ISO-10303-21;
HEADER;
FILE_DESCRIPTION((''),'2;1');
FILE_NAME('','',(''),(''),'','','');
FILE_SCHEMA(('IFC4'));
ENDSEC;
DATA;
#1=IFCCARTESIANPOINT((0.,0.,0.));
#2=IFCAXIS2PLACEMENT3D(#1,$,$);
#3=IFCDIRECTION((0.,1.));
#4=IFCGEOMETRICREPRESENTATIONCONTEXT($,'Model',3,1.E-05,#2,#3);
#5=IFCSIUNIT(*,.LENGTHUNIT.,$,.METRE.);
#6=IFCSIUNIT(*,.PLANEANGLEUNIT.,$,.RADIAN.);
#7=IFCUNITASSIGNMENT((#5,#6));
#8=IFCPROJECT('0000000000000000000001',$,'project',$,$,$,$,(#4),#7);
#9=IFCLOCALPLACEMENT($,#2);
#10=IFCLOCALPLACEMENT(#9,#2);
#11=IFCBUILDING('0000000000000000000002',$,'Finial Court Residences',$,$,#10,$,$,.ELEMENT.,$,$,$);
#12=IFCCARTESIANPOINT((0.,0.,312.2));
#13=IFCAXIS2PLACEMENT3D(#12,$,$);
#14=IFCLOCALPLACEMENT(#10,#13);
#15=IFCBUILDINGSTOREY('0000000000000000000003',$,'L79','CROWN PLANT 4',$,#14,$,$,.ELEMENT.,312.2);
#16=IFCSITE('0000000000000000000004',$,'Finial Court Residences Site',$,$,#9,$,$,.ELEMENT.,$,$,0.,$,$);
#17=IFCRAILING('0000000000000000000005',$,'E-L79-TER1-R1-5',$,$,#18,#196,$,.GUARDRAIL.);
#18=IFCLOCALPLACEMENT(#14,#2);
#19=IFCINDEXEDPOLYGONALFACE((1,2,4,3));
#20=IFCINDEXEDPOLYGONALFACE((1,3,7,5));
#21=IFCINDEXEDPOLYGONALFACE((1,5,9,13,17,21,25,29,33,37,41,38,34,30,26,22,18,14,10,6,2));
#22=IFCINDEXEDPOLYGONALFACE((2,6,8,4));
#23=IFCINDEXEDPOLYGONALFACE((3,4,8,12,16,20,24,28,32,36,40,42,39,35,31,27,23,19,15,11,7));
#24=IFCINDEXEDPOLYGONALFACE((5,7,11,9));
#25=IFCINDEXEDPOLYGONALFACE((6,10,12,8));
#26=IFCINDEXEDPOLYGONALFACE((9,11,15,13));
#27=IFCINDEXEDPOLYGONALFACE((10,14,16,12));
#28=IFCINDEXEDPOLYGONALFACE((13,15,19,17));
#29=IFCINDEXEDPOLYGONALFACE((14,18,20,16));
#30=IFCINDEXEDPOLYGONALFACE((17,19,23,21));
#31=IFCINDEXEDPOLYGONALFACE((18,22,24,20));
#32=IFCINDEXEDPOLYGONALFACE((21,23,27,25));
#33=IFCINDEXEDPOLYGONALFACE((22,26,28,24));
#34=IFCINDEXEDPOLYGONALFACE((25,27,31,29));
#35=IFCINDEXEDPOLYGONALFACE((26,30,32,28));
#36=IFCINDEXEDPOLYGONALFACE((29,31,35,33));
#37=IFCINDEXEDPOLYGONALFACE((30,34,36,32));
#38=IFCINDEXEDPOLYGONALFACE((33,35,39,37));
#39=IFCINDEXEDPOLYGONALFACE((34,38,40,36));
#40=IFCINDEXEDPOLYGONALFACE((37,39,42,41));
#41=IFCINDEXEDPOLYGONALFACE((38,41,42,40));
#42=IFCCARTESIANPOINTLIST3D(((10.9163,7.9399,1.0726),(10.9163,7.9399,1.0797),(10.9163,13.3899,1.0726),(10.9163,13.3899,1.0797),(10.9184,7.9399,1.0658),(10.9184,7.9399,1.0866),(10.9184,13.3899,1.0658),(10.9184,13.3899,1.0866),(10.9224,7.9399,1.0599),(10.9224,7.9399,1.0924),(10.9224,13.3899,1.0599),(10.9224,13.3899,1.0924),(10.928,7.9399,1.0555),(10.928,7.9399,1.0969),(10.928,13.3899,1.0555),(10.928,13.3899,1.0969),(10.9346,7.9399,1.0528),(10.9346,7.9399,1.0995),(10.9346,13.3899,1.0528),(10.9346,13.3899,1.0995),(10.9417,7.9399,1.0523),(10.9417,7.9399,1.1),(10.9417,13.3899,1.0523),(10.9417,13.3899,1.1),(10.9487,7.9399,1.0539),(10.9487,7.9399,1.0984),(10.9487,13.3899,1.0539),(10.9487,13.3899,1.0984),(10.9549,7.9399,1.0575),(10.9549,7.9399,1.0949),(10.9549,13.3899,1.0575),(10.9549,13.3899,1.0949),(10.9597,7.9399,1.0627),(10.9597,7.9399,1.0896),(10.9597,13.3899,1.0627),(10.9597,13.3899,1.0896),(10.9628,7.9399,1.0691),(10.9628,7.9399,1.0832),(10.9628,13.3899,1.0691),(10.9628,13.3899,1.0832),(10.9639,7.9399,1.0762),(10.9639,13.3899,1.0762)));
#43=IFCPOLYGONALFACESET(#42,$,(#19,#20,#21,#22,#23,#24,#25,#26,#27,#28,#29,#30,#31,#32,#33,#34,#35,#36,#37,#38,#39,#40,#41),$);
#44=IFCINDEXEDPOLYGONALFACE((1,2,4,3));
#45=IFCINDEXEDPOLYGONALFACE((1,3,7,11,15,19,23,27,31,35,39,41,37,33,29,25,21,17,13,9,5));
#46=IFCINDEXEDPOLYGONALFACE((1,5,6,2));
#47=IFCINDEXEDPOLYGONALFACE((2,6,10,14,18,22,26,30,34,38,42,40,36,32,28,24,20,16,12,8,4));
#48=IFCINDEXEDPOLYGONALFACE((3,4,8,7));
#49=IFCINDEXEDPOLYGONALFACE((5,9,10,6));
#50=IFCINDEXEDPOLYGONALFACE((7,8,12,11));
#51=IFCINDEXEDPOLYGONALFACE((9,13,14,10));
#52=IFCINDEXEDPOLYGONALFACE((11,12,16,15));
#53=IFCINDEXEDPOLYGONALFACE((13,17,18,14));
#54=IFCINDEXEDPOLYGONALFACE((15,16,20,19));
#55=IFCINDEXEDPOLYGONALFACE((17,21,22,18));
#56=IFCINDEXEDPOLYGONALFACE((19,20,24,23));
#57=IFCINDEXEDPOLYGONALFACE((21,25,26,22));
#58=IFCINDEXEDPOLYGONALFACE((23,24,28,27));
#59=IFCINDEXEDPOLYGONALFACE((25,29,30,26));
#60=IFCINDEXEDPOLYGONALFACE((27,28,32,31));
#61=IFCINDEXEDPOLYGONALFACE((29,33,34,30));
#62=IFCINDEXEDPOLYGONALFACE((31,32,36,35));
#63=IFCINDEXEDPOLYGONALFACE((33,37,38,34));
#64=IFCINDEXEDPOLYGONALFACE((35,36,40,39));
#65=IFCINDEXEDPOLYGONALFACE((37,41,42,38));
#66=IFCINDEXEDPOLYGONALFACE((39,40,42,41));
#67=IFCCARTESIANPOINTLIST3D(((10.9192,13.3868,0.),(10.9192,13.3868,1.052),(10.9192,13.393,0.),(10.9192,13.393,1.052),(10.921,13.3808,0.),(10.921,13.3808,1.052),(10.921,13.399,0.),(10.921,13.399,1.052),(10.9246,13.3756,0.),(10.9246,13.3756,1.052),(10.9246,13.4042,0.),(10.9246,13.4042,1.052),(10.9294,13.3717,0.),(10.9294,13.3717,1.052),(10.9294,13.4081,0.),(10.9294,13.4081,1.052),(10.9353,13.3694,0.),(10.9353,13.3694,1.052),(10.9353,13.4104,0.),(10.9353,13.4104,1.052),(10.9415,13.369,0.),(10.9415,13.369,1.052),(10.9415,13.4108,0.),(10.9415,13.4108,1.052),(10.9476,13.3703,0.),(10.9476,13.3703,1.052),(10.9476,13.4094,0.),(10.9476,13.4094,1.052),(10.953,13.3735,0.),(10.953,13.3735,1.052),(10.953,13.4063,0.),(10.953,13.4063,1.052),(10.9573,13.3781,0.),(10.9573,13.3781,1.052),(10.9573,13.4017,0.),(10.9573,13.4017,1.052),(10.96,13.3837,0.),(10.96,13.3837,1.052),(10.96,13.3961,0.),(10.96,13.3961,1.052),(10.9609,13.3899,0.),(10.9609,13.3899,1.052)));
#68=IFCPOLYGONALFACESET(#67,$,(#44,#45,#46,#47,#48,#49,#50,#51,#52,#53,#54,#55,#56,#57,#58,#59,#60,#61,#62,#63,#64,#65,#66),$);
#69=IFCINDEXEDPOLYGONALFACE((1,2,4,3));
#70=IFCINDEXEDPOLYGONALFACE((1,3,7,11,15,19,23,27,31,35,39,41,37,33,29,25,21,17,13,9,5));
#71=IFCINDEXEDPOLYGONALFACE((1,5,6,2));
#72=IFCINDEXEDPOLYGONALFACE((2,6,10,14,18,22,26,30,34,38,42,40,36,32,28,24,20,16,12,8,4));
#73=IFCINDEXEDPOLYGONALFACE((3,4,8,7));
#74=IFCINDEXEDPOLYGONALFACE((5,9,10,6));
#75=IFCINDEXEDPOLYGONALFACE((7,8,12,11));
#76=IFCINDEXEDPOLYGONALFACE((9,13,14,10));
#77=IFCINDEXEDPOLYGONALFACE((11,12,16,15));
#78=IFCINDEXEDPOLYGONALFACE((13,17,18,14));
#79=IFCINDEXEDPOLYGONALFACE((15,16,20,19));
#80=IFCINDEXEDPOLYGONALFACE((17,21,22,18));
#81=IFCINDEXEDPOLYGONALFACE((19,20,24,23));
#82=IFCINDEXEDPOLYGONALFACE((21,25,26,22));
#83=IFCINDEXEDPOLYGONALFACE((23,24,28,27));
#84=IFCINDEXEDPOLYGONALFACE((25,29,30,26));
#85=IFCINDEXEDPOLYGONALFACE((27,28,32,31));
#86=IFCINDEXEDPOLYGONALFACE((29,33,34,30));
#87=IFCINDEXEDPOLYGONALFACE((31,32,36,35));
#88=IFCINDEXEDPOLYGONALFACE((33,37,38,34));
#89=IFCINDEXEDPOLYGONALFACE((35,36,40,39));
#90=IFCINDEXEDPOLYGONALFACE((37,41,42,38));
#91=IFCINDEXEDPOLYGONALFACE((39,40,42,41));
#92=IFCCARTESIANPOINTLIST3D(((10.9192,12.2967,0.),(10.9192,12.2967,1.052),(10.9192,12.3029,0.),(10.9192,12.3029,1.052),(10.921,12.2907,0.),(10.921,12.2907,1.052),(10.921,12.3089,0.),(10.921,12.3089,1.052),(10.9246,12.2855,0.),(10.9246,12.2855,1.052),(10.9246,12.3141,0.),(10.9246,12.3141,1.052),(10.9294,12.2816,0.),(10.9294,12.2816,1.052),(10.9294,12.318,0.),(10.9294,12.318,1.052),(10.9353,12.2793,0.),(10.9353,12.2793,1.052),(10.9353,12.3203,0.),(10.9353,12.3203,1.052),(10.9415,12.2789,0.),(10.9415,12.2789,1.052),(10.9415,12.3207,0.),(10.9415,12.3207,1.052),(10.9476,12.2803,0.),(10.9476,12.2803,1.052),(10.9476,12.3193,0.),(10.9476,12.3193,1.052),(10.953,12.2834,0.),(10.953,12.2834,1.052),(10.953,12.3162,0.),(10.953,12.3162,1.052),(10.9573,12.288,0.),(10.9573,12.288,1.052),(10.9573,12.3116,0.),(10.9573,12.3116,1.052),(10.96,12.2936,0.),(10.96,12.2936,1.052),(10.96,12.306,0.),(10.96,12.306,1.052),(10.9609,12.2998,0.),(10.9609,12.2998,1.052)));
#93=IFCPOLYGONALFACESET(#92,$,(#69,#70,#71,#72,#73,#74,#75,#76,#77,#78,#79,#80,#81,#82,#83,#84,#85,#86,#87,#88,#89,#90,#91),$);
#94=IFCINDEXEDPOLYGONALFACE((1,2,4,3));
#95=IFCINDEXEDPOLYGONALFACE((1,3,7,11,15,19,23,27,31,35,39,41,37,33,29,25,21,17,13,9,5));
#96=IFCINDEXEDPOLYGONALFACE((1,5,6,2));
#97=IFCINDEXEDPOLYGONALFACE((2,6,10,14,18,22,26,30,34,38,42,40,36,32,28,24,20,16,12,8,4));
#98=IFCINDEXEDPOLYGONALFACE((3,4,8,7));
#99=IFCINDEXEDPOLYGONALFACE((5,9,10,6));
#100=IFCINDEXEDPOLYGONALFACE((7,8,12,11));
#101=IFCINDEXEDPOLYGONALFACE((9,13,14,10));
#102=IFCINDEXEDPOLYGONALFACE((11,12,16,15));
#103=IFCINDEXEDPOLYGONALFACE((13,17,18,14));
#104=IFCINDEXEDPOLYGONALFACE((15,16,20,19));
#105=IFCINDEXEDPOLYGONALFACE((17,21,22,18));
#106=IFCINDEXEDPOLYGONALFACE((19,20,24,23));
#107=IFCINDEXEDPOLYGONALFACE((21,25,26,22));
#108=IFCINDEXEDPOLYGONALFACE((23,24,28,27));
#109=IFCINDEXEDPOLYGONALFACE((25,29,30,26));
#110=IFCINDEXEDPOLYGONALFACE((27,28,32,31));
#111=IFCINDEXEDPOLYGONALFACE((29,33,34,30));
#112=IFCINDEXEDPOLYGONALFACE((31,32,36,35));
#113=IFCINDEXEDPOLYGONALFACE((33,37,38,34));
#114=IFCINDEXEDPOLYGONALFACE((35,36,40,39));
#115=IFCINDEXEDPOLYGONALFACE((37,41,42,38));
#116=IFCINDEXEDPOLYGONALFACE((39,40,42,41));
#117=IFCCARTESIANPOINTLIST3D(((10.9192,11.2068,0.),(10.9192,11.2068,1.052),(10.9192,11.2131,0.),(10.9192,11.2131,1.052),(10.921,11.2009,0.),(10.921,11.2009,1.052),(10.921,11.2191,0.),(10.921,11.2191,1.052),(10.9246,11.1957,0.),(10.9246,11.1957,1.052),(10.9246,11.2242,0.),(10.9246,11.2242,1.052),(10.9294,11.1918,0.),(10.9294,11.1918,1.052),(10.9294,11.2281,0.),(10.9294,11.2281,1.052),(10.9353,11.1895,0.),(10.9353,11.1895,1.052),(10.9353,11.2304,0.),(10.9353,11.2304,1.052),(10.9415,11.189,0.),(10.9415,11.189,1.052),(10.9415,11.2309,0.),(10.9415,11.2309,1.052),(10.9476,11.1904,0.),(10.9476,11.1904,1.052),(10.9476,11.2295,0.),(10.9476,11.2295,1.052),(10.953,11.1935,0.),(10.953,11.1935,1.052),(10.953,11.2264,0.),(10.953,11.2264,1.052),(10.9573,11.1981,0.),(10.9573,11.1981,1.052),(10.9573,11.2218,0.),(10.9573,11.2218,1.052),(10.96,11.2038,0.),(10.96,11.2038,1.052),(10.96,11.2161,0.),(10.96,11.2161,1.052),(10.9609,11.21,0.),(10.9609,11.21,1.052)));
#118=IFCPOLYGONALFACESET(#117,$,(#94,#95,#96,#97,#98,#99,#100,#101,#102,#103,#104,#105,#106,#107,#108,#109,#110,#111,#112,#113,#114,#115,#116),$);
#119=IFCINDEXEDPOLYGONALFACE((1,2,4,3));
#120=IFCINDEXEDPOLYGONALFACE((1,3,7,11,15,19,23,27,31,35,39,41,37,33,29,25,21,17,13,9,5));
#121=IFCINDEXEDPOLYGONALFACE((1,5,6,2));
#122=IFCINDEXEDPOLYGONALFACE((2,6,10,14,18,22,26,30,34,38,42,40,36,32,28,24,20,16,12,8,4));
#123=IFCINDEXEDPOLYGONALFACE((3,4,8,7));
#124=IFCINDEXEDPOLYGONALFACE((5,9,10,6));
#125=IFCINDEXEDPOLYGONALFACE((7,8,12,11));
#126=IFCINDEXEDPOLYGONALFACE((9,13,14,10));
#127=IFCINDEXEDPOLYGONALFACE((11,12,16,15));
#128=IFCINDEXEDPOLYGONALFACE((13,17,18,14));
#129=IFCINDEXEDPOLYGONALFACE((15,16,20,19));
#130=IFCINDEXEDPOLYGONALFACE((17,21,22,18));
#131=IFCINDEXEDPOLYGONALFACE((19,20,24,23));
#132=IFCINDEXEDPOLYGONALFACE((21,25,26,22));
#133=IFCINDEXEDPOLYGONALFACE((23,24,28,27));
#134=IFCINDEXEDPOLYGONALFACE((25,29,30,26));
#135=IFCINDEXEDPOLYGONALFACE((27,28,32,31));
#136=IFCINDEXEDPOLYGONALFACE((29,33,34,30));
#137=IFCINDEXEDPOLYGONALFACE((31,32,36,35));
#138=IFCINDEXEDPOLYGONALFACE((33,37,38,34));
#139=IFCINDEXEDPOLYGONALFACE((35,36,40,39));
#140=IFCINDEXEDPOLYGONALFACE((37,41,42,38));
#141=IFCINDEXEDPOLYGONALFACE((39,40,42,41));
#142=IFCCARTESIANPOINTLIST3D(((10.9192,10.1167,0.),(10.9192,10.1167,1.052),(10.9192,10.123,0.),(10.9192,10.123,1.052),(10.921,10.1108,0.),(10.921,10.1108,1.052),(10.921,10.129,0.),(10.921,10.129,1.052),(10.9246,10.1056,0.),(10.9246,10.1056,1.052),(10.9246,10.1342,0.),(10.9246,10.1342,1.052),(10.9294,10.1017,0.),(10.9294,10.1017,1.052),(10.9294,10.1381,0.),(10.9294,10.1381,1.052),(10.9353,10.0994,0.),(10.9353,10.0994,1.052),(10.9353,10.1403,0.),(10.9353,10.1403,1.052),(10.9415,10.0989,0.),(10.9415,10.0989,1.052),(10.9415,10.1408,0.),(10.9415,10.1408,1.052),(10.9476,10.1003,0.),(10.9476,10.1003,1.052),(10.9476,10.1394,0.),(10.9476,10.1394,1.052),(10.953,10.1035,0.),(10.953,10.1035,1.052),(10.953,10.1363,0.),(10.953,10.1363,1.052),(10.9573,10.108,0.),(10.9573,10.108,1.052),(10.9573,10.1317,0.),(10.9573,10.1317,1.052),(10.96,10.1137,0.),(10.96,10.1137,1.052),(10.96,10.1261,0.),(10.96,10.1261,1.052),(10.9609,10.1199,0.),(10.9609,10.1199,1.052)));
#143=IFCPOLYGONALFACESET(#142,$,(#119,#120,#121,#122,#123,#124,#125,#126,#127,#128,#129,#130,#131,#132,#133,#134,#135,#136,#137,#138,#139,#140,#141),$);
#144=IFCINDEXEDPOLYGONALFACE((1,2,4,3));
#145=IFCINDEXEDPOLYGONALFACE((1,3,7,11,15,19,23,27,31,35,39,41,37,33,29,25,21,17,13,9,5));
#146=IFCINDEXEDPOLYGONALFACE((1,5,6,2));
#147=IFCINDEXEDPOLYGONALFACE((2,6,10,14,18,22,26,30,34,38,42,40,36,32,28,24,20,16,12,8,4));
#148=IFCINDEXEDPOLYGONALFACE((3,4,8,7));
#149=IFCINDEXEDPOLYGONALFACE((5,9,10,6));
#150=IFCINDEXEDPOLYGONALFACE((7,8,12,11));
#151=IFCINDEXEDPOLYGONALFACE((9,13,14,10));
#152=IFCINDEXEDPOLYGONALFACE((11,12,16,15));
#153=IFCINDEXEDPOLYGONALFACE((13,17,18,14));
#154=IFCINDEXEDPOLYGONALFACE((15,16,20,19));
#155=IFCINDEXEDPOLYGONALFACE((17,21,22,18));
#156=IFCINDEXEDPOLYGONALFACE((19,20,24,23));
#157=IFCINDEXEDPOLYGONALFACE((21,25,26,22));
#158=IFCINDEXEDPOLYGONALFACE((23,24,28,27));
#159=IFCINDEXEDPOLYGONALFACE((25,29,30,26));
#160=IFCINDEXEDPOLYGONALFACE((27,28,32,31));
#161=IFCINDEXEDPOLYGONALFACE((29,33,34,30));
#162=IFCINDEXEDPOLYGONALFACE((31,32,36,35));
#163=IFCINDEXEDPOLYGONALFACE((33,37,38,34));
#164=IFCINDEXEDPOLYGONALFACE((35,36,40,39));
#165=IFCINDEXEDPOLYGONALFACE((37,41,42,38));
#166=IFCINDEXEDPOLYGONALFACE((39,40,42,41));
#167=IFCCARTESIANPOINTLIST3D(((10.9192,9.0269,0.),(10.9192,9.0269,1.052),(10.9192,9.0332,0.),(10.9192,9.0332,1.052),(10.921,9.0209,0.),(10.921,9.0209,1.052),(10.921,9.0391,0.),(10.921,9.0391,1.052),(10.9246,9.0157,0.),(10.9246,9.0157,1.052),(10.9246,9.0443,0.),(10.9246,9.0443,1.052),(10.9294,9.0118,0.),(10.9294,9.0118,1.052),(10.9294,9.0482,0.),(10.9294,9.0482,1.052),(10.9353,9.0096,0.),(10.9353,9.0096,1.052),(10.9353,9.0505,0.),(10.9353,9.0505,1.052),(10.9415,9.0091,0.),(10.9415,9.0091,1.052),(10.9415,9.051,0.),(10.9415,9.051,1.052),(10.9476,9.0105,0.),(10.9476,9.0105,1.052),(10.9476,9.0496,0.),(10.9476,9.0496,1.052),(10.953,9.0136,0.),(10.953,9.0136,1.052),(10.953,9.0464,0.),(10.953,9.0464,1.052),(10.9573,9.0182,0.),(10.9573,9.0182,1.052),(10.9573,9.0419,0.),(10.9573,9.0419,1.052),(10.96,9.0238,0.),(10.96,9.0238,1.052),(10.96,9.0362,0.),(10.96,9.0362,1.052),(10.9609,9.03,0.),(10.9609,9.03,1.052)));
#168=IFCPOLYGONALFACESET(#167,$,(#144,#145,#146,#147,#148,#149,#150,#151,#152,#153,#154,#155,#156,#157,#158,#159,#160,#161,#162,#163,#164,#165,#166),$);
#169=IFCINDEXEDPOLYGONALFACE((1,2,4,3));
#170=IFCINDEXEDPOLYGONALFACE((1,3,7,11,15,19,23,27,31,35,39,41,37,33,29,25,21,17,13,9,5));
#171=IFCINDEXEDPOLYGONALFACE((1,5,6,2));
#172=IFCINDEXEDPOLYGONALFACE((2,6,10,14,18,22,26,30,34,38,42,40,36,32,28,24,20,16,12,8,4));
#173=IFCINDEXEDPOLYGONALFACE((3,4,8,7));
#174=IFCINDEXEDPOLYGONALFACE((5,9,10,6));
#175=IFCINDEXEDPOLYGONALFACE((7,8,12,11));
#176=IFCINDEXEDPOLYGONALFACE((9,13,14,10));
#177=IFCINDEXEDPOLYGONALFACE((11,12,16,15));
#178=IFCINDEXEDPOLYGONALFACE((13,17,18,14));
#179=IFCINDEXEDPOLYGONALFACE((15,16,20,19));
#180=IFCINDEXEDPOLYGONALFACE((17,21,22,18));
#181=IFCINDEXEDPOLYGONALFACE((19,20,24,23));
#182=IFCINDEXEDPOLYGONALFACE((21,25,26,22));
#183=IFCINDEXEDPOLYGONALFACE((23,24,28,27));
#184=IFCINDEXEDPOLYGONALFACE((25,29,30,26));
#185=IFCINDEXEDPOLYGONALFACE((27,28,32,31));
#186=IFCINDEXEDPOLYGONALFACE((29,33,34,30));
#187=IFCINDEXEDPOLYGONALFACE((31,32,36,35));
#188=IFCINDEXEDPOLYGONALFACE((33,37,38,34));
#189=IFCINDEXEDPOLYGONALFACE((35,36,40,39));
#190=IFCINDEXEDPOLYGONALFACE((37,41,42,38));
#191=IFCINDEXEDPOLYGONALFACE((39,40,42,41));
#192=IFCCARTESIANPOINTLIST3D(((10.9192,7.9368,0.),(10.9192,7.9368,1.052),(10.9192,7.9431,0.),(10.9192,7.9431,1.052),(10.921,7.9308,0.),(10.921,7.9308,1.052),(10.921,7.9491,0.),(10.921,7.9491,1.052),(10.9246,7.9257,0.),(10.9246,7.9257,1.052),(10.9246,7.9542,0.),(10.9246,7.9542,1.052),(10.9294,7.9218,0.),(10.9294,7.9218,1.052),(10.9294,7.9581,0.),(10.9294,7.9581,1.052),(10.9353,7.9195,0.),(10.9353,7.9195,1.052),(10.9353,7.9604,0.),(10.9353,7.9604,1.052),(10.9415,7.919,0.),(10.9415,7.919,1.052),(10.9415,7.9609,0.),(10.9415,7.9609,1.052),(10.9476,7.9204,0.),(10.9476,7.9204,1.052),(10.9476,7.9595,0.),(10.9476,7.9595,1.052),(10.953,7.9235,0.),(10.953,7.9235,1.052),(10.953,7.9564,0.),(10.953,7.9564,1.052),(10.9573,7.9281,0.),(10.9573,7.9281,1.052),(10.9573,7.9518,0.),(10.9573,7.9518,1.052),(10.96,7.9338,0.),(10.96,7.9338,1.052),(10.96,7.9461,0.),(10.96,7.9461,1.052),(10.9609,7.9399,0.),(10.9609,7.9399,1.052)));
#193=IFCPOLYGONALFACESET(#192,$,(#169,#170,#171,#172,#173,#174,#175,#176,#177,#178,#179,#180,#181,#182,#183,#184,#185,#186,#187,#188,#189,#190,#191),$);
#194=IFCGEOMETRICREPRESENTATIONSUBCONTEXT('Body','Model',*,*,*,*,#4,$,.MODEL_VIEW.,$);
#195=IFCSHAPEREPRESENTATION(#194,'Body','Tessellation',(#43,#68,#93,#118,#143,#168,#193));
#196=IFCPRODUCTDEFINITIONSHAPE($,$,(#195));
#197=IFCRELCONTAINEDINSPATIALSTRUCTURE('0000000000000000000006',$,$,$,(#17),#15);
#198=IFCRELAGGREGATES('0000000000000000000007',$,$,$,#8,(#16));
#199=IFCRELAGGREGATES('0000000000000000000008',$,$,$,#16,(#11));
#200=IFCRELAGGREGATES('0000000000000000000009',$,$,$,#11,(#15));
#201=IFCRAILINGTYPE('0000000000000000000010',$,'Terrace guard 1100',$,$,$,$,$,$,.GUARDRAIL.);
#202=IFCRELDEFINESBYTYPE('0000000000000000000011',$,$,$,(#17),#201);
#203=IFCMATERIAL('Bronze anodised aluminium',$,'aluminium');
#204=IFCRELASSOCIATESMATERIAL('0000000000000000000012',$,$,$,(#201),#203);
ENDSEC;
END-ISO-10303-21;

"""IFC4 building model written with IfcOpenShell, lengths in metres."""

from ifc_helpers import new_model, si_unit, direction, frame, origin, origin_2d, place, context, subcontext, project, spatial, circle, extrude, material, type_object, element, save


model = new_model("IFC4")

# Units and contexts
model_context = context("Model", 3, precision=1e-05, world=origin(), true_north=direction((0.0, 1.0)))
body_context = subcontext(model_context, "Body", "Model", "MODEL_VIEW")
ifc_project = project(units=[si_unit("LENGTHUNIT", "METRE"), si_unit("PLANEANGLEUNIT", "RADIAN")], contexts=[model_context])

# Site, building, storey
site_placement = place(None, origin())
site = spatial("IfcSite", under=ifc_project, at=site_placement, Name="Finial Court Residences Site", CompositionType="ELEMENT", RefElevation=0.0)
building_placement = place(site_placement, origin())
building = spatial("IfcBuilding", under=site, at=building_placement, Name="Finial Court Residences", CompositionType="ELEMENT")
storey_placement = place(building_placement, frame((0.0, 0.0, 312.2)))
storey = spatial("IfcBuildingStorey", under=building, at=storey_placement, Name="L79", Description="CROWN PLANT 4", CompositionType="ELEMENT", Elevation=312.2)

# Shared definitions
ifc_material_1 = material(Name="Bronze anodised aluminium", Category="aluminium")

# Railing
railing_type = type_object("IfcRailingType", Name="Terrace guard 1100", PredefinedType="GUARDRAIL", material=ifc_material_1)
railing_1_placement = place(storey_placement, frame((10.9399, 13.3899, 0.0)))
element("IfcRailing", 1, at=railing_1_placement, inside=storey, type_object=railing_type, Name="E-L79-TER1-R1-5", PredefinedType="GUARDRAIL", context=body_context, shape_type="SweptSolid", body=[
    extrude(circle(Radius=0.0239, at=origin_2d()), frame((0.0, 0.0, 1.0762), z_axis=(0.0, -1.0, 0.0), x_axis=(1.0, 0.0, 0.0)), (0.0, 0.0, 1.0), 5.45),
    extrude(circle(Radius=0.021, at=origin_2d()), origin(), (0.0, 0.0, 1.0), 1.052),
    extrude(circle(Radius=0.021, at=origin_2d()), frame((0.0, -1.0901, 0.0)), (0.0, 0.0, 1.0), 1.052),
    extrude(circle(Radius=0.021, at=origin_2d()), frame((0.0, -2.1799, 0.0)), (0.0, 0.0, 1.0), 1.052),
    extrude(circle(Radius=0.021, at=origin_2d()), frame((0.0, -3.27, 0.0)), (0.0, 0.0, 1.0), 1.052),
    extrude(circle(Radius=0.021, at=origin_2d()), frame((0.0, -4.3599, 0.0)), (0.0, 0.0, 1.0), 1.052),
    extrude(circle(Radius=0.021, at=origin_2d()), frame((0.0, -5.45, 0.0)), (0.0, 0.0, 1.0), 1.052),
])

save(model, "model.ifc")
